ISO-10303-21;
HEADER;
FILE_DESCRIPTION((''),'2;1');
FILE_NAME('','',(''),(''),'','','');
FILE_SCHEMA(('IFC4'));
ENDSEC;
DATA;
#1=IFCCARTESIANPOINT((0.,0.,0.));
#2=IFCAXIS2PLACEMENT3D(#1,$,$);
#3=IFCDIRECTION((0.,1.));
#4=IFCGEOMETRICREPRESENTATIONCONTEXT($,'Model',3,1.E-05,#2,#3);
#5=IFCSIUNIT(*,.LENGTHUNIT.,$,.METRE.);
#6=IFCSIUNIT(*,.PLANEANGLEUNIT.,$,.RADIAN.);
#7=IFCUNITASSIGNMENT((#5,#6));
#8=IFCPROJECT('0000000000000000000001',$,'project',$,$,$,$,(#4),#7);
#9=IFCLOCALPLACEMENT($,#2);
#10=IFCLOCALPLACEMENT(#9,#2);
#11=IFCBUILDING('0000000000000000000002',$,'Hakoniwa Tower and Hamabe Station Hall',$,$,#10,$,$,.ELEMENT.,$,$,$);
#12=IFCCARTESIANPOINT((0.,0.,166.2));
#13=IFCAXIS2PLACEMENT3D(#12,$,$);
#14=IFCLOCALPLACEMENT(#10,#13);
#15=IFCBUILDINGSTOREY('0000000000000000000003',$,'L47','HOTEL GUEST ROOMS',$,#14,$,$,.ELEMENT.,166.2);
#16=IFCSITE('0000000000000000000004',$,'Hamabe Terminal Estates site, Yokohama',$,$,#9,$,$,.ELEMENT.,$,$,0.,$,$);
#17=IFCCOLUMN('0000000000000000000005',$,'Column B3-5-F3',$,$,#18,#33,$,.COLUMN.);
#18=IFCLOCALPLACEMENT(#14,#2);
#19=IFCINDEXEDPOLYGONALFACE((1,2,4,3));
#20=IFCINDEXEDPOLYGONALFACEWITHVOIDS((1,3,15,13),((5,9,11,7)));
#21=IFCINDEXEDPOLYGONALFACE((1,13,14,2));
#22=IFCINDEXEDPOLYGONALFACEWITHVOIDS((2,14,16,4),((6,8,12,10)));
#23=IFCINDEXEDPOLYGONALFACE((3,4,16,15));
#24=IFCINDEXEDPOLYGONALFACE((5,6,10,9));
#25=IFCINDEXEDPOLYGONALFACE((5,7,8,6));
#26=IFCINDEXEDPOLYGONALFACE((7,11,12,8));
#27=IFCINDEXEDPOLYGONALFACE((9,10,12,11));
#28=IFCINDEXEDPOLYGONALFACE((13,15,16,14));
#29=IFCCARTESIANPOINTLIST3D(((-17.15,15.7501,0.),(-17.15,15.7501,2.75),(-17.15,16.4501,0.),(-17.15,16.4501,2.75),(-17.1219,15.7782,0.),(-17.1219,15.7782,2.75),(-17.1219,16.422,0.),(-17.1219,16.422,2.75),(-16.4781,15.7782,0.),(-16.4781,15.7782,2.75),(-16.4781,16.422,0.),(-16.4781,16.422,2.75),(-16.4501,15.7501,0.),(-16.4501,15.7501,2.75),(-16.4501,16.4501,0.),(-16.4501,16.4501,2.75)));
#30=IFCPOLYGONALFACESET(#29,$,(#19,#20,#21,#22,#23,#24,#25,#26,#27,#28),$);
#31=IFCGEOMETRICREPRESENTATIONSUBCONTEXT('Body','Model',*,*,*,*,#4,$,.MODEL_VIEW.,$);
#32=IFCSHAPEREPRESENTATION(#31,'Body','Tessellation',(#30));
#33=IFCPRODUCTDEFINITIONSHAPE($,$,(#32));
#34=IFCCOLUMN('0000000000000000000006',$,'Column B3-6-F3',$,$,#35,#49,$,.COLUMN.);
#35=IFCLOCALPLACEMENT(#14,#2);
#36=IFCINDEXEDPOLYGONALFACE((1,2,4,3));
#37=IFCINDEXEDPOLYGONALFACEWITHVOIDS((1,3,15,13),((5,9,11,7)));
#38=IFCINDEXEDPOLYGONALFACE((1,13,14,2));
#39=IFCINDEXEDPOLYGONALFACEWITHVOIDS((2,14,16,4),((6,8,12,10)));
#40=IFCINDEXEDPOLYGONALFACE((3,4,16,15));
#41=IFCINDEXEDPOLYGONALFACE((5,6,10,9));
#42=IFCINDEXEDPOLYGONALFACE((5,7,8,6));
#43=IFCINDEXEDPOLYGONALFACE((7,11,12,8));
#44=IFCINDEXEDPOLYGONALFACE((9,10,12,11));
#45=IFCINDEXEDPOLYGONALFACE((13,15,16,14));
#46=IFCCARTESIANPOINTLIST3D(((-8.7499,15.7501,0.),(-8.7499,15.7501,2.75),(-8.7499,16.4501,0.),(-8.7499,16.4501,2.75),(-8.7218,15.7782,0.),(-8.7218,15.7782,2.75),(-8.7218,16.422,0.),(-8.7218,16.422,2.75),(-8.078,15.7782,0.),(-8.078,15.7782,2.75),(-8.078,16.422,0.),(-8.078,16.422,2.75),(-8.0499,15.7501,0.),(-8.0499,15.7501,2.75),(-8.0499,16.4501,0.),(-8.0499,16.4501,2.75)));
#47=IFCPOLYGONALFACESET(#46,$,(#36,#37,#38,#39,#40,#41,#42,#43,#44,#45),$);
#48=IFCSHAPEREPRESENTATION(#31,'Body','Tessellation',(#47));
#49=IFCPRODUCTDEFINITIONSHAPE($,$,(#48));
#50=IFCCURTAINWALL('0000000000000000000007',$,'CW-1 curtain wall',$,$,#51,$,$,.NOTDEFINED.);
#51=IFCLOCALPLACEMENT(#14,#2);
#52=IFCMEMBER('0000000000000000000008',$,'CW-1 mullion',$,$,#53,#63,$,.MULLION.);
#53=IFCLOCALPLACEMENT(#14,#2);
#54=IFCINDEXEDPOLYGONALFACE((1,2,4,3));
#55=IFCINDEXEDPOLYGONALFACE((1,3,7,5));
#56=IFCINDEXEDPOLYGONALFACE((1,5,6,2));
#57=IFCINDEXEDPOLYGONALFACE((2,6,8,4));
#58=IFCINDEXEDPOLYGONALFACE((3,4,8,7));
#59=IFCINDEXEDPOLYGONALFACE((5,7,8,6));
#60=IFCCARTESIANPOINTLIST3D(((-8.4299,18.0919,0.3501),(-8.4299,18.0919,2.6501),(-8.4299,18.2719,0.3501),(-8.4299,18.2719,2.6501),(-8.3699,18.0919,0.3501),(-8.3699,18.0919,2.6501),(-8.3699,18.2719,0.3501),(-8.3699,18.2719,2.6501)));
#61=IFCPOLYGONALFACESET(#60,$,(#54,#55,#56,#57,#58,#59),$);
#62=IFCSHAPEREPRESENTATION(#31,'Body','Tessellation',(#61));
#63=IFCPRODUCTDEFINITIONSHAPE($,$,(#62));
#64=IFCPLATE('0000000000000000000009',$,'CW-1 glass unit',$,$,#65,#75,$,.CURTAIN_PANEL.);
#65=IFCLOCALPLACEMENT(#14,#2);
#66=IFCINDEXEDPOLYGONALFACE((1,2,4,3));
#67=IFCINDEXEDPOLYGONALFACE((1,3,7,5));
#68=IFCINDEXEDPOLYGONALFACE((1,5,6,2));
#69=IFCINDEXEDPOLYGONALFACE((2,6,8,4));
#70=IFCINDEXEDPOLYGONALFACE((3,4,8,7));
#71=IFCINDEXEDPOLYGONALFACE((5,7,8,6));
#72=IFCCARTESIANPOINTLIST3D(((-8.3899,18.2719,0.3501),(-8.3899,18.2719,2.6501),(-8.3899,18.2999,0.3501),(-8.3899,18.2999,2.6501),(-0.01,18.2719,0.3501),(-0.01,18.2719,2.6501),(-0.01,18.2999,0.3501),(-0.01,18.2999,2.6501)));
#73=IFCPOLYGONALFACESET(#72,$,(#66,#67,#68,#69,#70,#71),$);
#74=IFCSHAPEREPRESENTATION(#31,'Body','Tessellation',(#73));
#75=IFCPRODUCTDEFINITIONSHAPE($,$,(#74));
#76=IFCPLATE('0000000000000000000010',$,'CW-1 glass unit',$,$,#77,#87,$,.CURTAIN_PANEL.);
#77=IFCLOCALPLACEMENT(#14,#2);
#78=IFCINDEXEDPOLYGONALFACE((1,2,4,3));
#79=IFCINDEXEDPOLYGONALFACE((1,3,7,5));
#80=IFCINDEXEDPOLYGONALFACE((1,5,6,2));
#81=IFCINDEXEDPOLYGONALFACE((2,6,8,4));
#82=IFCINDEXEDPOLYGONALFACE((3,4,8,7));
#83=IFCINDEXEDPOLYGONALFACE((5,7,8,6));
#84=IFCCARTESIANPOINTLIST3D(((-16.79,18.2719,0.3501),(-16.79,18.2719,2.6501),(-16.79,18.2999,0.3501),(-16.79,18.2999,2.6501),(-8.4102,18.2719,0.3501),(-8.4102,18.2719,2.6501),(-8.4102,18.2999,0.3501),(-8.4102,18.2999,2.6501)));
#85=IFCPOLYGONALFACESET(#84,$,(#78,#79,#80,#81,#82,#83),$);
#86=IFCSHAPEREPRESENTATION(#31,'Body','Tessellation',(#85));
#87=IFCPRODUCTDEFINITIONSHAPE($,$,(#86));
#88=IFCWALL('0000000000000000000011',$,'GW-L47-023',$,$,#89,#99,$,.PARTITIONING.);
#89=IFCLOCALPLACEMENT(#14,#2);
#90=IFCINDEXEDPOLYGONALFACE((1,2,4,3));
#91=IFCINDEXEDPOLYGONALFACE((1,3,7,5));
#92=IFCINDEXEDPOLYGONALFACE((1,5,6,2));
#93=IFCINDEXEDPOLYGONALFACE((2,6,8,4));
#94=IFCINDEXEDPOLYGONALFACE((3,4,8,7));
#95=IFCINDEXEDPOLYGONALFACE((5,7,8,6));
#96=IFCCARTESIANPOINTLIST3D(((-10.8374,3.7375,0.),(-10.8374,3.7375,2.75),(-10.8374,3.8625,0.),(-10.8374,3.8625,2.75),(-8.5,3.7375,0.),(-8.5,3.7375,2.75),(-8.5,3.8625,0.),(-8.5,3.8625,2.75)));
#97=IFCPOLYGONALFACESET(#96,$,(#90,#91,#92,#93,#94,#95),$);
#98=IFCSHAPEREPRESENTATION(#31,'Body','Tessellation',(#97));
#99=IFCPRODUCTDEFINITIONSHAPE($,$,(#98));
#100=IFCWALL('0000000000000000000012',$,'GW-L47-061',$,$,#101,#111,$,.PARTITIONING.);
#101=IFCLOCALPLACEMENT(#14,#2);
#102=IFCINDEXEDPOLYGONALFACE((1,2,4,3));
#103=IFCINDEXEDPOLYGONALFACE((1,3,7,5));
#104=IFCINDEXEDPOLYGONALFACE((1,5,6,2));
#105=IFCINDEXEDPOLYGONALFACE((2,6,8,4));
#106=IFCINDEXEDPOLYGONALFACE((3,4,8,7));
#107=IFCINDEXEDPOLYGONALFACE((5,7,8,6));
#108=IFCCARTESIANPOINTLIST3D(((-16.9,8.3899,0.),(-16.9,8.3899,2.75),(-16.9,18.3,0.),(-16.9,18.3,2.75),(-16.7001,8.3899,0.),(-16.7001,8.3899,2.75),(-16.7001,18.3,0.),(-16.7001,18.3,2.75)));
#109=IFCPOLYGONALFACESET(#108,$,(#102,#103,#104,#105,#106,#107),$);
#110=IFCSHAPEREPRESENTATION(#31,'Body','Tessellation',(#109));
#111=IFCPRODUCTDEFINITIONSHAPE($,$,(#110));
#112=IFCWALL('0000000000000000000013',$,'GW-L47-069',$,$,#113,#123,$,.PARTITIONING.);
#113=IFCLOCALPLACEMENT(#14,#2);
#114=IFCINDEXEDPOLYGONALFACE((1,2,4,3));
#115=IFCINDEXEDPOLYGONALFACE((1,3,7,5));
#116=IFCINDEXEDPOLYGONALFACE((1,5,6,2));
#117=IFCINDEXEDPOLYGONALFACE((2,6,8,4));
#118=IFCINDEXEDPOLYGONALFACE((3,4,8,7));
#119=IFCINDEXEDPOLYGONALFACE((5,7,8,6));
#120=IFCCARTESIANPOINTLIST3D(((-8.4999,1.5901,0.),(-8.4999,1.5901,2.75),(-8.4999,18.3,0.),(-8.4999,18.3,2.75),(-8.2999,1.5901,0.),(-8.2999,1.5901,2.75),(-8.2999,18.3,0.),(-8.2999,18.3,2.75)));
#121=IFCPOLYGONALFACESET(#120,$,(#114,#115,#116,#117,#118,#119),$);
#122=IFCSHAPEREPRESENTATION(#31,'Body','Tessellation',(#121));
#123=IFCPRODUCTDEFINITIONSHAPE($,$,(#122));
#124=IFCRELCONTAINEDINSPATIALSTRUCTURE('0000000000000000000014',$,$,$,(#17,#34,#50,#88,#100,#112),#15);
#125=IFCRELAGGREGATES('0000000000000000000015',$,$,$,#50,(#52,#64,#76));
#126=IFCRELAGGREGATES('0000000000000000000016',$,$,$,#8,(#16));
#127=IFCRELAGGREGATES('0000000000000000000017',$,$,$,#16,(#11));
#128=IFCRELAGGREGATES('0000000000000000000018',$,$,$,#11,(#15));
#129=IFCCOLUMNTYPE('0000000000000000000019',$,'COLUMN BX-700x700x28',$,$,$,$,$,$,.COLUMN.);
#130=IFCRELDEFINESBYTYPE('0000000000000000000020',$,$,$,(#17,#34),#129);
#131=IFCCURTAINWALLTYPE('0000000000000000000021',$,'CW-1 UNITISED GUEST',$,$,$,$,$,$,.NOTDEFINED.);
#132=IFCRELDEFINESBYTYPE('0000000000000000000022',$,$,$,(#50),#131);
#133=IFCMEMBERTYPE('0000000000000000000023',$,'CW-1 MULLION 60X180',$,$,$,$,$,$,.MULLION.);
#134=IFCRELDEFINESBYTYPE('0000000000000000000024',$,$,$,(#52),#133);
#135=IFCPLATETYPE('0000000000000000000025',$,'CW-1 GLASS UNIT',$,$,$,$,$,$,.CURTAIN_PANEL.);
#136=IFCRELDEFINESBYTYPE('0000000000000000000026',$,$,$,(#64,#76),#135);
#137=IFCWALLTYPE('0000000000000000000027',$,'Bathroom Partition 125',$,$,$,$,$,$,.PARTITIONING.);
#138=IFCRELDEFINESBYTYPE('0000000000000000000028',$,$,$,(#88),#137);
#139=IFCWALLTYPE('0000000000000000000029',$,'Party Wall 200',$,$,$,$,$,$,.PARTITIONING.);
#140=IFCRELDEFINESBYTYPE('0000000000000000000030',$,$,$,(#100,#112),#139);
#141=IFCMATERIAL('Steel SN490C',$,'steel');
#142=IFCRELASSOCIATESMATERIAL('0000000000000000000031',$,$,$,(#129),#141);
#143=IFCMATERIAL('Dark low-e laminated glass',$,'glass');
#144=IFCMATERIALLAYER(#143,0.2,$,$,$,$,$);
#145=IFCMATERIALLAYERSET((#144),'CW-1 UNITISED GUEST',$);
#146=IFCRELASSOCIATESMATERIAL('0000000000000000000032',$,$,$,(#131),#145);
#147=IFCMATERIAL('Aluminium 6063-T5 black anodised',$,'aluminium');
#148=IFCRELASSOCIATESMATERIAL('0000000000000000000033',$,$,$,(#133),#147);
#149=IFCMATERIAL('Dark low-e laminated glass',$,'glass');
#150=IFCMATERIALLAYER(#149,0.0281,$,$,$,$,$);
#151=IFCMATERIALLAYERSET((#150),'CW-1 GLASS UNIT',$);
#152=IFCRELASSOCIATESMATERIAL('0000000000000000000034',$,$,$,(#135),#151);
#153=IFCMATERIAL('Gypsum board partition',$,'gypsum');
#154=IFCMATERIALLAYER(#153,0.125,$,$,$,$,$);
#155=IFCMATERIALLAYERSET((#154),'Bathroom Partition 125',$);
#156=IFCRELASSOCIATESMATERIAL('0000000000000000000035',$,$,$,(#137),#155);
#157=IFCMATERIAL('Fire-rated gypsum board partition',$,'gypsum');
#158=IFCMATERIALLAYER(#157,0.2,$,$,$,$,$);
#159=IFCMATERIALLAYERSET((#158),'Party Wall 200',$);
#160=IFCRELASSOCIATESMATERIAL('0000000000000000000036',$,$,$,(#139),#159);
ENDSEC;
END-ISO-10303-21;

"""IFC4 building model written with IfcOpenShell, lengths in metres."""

from ifc_helpers import new_model, si_unit, direction, frame, frame_2d, origin, origin_2d, place, context, subcontext, project, spatial, rectangle, hollow_rectangle, extrude, material, layer, layer_set, material_profile, profile_set, type_object, element, aggregate, save


model = new_model("IFC4")

# Units and contexts
model_context = context("Model", 3, precision=1e-05, world=origin(), true_north=direction((0.0, 1.0)))
body_context = subcontext(model_context, "Body", "Model", "MODEL_VIEW")
ifc_project = project(units=[si_unit("LENGTHUNIT", "METRE"), si_unit("PLANEANGLEUNIT", "RADIAN")], contexts=[model_context])

# Site, building, storey
site_placement = place(None, origin())
site = spatial("IfcSite", under=ifc_project, at=site_placement, Name="Hamabe Terminal Estates site, Yokohama", CompositionType="ELEMENT", RefElevation=0.0)
building_placement = place(site_placement, origin())
building = spatial("IfcBuilding", under=site, at=building_placement, Name="Hakoniwa Tower and Hamabe Station Hall", CompositionType="ELEMENT")
storey_placement = place(building_placement, frame((0.0, 0.0, 166.2)))
storey = spatial("IfcBuildingStorey", under=building, at=storey_placement, Name="L47", Description="HOTEL GUEST ROOMS", CompositionType="ELEMENT", Elevation=166.2)

# Columns
ifc_material_1 = material(Name="Steel SN490C", Category="steel")
ifc_material_profile_1 = material_profile(ifc_material_1, hollow_rectangle(XDim=0.7, YDim=0.7, WallThickness=0.0281, at=origin_2d()), Name="BX-700x700x28")
ifc_profile_set_1 = profile_set([ifc_material_profile_1], Name="Steel SN490C")
column_type = type_object("IfcColumnType", Name="COLUMN BX-700x700x28", PredefinedType="COLUMN", material=ifc_profile_set_1)
for number, where, z_axis, x_axis, name in (
    (1, (-16.8, 16.1001, 0.0), (0.0, 0.0, 1.0), (1.0, 0.0, 0.0), "Column B3-5-F3"),
    (2, (-8.3999, 16.1001, 0.0), (0.0, 0.0, 1.0), (1.0, 0.0, 0.0), "Column B3-6-F3"),
):
    element("IfcColumn", number, at=place(storey_placement, frame(where, z_axis=z_axis, x_axis=x_axis)), inside=storey, type_object=column_type, Name=name, PredefinedType="COLUMN", context=body_context, shape_type="SweptSolid", body=[
        extrude(hollow_rectangle(XDim=0.7, YDim=0.7, WallThickness=0.0281, at=origin_2d()), origin(), (0.0, 0.0, 1.0), 2.75),
    ])

# Curtain wall, member, plates
ifc_material_2 = material(Name="Dark low-e laminated glass", Category="glass")
ifc_layer_1 = layer(ifc_material_2, 0.2)
ifc_layer_set_1 = layer_set([ifc_layer_1], Name="CW-1 UNITISED GUEST")
curtain_wall_type = type_object("IfcCurtainWallType", Name="CW-1 UNITISED GUEST", PredefinedType="NOTDEFINED", material=ifc_layer_set_1)
curtain_wall_placement = place(storey_placement, origin())
curtain_wall = element("IfcCurtainWall", 3, at=curtain_wall_placement, inside=storey, type_object=curtain_wall_type, Name="CW-1 curtain wall", PredefinedType="NOTDEFINED")
ifc_material_3 = material(Name="Aluminium 6063-T5 black anodised", Category="aluminium")
ifc_material_profile_2 = material_profile(ifc_material_3, rectangle(XDim=0.0601, YDim=0.1799, at=origin_2d()), Name="CW-1 MULLION 60X180")
ifc_profile_set_2 = profile_set([ifc_material_profile_2], Name="Aluminium 6063-T5 black anodised")
member_type = type_object("IfcMemberType", Name="CW-1 MULLION 60X180", PredefinedType="MULLION", material=ifc_profile_set_2)
member_placement = place(storey_placement, frame((-8.3999, 18.1819, 0.3501), z_axis=(0.0, 0.0, 1.0), x_axis=(-1.0, 0.0, 0.0)))
member = element("IfcMember", 4, at=member_placement, type_object=member_type, Name="CW-1 mullion", PredefinedType="MULLION", context=body_context, shape_type="SweptSolid", body=[
    extrude(rectangle(XDim=0.0601, YDim=0.1799, at=origin_2d()), origin(), (0.0, 0.0, 1.0), 2.3),
])
ifc_material_4 = material(Name="Dark low-e laminated glass", Category="glass")
ifc_layer_2 = layer(ifc_material_4, 0.0281)
ifc_layer_set_2 = layer_set([ifc_layer_2], Name="CW-1 GLASS UNIT")
plate_type = type_object("IfcPlateType", Name="CW-1 GLASS UNIT", PredefinedType="CURTAIN_PANEL", material=ifc_layer_set_2)
plate_1_placement = place(storey_placement, frame((-4.2, 18.2859, 0.3501), z_axis=(0.0, 0.0, 1.0), x_axis=(-1.0, 0.0, 0.0)))
plate_1 = element("IfcPlate", 5, at=plate_1_placement, type_object=plate_type, Name="CW-1 glass unit", PredefinedType="CURTAIN_PANEL", context=body_context, shape_type="SweptSolid", body=[
    extrude(rectangle(XDim=8.3799, YDim=0.0281, at=origin_2d()), origin(), (0.0, 0.0, 1.0), 2.3),
])
plate_2_placement = place(storey_placement, frame((-12.6001, 18.2859, 0.3501), z_axis=(0.0, 0.0, 1.0), x_axis=(-1.0, 0.0, 0.0)))
plate_2 = element("IfcPlate", 6, at=plate_2_placement, type_object=plate_type, Name="CW-1 glass unit", PredefinedType="CURTAIN_PANEL", context=body_context, shape_type="SweptSolid", body=[
    extrude(rectangle(XDim=8.3799, YDim=0.0281, at=origin_2d()), origin(), (0.0, 0.0, 1.0), 2.3),
])
aggregate(curtain_wall, [member, plate_1, plate_2])

# Walls
ifc_material_5 = material(Name="Gypsum board partition", Category="gypsum")
ifc_layer_3 = layer(ifc_material_5, 0.125)
ifc_layer_set_3 = layer_set([ifc_layer_3], Name="Bathroom Partition 125")
wall_type_1 = type_object("IfcWallType", Name="Bathroom Partition 125", PredefinedType="PARTITIONING", material=ifc_layer_set_3)
wall_1_placement = place(storey_placement, frame((-10.8374, 3.8, 0.0), z_axis=(0.0, 0.0, 1.0), x_axis=(1.0, 0.0, 0.0)))
element("IfcWall", 7, at=wall_1_placement, inside=storey, type_object=wall_type_1, Name="GW-L47-023", PredefinedType="PARTITIONING", context=body_context, shape_type="SweptSolid", body=[
    extrude(rectangle(XDim=2.3374, YDim=0.125, at=frame_2d((1.1687, 0.0))), origin(), (0.0, 0.0, 1.0), 2.75),
])
ifc_material_6 = material(Name="Fire-rated gypsum board partition", Category="gypsum")
ifc_layer_4 = layer(ifc_material_6, 0.2)
ifc_layer_set_4 = layer_set([ifc_layer_4], Name="Party Wall 200")
wall_type_2 = type_object("IfcWallType", Name="Party Wall 200", PredefinedType="PARTITIONING", material=ifc_layer_set_4)
wall_2_placement = place(storey_placement, frame((-16.8, 8.3899, 0.0), z_axis=(0.0, 0.0, 1.0), x_axis=(0.0, 1.0, 0.0)))
element("IfcWall", 8, at=wall_2_placement, inside=storey, type_object=wall_type_2, Name="GW-L47-061", PredefinedType="PARTITIONING", context=body_context, shape_type="SweptSolid", body=[
    extrude(rectangle(XDim=9.9102, YDim=0.2, at=frame_2d((4.9551, 0.0))), origin(), (0.0, 0.0, 1.0), 2.75),
])
wall_3_placement = place(storey_placement, frame((-8.3999, 1.5901, 0.0), z_axis=(0.0, 0.0, 1.0), x_axis=(0.0, 1.0, 0.0)))
element("IfcWall", 9, at=wall_3_placement, inside=storey, type_object=wall_type_2, Name="GW-L47-069", PredefinedType="PARTITIONING", context=body_context, shape_type="SweptSolid", body=[
    extrude(rectangle(XDim=16.71, YDim=0.2, at=frame_2d((8.355, 0.0))), origin(), (0.0, 0.0, 1.0), 2.75),
])

save(model, "model.ifc")
